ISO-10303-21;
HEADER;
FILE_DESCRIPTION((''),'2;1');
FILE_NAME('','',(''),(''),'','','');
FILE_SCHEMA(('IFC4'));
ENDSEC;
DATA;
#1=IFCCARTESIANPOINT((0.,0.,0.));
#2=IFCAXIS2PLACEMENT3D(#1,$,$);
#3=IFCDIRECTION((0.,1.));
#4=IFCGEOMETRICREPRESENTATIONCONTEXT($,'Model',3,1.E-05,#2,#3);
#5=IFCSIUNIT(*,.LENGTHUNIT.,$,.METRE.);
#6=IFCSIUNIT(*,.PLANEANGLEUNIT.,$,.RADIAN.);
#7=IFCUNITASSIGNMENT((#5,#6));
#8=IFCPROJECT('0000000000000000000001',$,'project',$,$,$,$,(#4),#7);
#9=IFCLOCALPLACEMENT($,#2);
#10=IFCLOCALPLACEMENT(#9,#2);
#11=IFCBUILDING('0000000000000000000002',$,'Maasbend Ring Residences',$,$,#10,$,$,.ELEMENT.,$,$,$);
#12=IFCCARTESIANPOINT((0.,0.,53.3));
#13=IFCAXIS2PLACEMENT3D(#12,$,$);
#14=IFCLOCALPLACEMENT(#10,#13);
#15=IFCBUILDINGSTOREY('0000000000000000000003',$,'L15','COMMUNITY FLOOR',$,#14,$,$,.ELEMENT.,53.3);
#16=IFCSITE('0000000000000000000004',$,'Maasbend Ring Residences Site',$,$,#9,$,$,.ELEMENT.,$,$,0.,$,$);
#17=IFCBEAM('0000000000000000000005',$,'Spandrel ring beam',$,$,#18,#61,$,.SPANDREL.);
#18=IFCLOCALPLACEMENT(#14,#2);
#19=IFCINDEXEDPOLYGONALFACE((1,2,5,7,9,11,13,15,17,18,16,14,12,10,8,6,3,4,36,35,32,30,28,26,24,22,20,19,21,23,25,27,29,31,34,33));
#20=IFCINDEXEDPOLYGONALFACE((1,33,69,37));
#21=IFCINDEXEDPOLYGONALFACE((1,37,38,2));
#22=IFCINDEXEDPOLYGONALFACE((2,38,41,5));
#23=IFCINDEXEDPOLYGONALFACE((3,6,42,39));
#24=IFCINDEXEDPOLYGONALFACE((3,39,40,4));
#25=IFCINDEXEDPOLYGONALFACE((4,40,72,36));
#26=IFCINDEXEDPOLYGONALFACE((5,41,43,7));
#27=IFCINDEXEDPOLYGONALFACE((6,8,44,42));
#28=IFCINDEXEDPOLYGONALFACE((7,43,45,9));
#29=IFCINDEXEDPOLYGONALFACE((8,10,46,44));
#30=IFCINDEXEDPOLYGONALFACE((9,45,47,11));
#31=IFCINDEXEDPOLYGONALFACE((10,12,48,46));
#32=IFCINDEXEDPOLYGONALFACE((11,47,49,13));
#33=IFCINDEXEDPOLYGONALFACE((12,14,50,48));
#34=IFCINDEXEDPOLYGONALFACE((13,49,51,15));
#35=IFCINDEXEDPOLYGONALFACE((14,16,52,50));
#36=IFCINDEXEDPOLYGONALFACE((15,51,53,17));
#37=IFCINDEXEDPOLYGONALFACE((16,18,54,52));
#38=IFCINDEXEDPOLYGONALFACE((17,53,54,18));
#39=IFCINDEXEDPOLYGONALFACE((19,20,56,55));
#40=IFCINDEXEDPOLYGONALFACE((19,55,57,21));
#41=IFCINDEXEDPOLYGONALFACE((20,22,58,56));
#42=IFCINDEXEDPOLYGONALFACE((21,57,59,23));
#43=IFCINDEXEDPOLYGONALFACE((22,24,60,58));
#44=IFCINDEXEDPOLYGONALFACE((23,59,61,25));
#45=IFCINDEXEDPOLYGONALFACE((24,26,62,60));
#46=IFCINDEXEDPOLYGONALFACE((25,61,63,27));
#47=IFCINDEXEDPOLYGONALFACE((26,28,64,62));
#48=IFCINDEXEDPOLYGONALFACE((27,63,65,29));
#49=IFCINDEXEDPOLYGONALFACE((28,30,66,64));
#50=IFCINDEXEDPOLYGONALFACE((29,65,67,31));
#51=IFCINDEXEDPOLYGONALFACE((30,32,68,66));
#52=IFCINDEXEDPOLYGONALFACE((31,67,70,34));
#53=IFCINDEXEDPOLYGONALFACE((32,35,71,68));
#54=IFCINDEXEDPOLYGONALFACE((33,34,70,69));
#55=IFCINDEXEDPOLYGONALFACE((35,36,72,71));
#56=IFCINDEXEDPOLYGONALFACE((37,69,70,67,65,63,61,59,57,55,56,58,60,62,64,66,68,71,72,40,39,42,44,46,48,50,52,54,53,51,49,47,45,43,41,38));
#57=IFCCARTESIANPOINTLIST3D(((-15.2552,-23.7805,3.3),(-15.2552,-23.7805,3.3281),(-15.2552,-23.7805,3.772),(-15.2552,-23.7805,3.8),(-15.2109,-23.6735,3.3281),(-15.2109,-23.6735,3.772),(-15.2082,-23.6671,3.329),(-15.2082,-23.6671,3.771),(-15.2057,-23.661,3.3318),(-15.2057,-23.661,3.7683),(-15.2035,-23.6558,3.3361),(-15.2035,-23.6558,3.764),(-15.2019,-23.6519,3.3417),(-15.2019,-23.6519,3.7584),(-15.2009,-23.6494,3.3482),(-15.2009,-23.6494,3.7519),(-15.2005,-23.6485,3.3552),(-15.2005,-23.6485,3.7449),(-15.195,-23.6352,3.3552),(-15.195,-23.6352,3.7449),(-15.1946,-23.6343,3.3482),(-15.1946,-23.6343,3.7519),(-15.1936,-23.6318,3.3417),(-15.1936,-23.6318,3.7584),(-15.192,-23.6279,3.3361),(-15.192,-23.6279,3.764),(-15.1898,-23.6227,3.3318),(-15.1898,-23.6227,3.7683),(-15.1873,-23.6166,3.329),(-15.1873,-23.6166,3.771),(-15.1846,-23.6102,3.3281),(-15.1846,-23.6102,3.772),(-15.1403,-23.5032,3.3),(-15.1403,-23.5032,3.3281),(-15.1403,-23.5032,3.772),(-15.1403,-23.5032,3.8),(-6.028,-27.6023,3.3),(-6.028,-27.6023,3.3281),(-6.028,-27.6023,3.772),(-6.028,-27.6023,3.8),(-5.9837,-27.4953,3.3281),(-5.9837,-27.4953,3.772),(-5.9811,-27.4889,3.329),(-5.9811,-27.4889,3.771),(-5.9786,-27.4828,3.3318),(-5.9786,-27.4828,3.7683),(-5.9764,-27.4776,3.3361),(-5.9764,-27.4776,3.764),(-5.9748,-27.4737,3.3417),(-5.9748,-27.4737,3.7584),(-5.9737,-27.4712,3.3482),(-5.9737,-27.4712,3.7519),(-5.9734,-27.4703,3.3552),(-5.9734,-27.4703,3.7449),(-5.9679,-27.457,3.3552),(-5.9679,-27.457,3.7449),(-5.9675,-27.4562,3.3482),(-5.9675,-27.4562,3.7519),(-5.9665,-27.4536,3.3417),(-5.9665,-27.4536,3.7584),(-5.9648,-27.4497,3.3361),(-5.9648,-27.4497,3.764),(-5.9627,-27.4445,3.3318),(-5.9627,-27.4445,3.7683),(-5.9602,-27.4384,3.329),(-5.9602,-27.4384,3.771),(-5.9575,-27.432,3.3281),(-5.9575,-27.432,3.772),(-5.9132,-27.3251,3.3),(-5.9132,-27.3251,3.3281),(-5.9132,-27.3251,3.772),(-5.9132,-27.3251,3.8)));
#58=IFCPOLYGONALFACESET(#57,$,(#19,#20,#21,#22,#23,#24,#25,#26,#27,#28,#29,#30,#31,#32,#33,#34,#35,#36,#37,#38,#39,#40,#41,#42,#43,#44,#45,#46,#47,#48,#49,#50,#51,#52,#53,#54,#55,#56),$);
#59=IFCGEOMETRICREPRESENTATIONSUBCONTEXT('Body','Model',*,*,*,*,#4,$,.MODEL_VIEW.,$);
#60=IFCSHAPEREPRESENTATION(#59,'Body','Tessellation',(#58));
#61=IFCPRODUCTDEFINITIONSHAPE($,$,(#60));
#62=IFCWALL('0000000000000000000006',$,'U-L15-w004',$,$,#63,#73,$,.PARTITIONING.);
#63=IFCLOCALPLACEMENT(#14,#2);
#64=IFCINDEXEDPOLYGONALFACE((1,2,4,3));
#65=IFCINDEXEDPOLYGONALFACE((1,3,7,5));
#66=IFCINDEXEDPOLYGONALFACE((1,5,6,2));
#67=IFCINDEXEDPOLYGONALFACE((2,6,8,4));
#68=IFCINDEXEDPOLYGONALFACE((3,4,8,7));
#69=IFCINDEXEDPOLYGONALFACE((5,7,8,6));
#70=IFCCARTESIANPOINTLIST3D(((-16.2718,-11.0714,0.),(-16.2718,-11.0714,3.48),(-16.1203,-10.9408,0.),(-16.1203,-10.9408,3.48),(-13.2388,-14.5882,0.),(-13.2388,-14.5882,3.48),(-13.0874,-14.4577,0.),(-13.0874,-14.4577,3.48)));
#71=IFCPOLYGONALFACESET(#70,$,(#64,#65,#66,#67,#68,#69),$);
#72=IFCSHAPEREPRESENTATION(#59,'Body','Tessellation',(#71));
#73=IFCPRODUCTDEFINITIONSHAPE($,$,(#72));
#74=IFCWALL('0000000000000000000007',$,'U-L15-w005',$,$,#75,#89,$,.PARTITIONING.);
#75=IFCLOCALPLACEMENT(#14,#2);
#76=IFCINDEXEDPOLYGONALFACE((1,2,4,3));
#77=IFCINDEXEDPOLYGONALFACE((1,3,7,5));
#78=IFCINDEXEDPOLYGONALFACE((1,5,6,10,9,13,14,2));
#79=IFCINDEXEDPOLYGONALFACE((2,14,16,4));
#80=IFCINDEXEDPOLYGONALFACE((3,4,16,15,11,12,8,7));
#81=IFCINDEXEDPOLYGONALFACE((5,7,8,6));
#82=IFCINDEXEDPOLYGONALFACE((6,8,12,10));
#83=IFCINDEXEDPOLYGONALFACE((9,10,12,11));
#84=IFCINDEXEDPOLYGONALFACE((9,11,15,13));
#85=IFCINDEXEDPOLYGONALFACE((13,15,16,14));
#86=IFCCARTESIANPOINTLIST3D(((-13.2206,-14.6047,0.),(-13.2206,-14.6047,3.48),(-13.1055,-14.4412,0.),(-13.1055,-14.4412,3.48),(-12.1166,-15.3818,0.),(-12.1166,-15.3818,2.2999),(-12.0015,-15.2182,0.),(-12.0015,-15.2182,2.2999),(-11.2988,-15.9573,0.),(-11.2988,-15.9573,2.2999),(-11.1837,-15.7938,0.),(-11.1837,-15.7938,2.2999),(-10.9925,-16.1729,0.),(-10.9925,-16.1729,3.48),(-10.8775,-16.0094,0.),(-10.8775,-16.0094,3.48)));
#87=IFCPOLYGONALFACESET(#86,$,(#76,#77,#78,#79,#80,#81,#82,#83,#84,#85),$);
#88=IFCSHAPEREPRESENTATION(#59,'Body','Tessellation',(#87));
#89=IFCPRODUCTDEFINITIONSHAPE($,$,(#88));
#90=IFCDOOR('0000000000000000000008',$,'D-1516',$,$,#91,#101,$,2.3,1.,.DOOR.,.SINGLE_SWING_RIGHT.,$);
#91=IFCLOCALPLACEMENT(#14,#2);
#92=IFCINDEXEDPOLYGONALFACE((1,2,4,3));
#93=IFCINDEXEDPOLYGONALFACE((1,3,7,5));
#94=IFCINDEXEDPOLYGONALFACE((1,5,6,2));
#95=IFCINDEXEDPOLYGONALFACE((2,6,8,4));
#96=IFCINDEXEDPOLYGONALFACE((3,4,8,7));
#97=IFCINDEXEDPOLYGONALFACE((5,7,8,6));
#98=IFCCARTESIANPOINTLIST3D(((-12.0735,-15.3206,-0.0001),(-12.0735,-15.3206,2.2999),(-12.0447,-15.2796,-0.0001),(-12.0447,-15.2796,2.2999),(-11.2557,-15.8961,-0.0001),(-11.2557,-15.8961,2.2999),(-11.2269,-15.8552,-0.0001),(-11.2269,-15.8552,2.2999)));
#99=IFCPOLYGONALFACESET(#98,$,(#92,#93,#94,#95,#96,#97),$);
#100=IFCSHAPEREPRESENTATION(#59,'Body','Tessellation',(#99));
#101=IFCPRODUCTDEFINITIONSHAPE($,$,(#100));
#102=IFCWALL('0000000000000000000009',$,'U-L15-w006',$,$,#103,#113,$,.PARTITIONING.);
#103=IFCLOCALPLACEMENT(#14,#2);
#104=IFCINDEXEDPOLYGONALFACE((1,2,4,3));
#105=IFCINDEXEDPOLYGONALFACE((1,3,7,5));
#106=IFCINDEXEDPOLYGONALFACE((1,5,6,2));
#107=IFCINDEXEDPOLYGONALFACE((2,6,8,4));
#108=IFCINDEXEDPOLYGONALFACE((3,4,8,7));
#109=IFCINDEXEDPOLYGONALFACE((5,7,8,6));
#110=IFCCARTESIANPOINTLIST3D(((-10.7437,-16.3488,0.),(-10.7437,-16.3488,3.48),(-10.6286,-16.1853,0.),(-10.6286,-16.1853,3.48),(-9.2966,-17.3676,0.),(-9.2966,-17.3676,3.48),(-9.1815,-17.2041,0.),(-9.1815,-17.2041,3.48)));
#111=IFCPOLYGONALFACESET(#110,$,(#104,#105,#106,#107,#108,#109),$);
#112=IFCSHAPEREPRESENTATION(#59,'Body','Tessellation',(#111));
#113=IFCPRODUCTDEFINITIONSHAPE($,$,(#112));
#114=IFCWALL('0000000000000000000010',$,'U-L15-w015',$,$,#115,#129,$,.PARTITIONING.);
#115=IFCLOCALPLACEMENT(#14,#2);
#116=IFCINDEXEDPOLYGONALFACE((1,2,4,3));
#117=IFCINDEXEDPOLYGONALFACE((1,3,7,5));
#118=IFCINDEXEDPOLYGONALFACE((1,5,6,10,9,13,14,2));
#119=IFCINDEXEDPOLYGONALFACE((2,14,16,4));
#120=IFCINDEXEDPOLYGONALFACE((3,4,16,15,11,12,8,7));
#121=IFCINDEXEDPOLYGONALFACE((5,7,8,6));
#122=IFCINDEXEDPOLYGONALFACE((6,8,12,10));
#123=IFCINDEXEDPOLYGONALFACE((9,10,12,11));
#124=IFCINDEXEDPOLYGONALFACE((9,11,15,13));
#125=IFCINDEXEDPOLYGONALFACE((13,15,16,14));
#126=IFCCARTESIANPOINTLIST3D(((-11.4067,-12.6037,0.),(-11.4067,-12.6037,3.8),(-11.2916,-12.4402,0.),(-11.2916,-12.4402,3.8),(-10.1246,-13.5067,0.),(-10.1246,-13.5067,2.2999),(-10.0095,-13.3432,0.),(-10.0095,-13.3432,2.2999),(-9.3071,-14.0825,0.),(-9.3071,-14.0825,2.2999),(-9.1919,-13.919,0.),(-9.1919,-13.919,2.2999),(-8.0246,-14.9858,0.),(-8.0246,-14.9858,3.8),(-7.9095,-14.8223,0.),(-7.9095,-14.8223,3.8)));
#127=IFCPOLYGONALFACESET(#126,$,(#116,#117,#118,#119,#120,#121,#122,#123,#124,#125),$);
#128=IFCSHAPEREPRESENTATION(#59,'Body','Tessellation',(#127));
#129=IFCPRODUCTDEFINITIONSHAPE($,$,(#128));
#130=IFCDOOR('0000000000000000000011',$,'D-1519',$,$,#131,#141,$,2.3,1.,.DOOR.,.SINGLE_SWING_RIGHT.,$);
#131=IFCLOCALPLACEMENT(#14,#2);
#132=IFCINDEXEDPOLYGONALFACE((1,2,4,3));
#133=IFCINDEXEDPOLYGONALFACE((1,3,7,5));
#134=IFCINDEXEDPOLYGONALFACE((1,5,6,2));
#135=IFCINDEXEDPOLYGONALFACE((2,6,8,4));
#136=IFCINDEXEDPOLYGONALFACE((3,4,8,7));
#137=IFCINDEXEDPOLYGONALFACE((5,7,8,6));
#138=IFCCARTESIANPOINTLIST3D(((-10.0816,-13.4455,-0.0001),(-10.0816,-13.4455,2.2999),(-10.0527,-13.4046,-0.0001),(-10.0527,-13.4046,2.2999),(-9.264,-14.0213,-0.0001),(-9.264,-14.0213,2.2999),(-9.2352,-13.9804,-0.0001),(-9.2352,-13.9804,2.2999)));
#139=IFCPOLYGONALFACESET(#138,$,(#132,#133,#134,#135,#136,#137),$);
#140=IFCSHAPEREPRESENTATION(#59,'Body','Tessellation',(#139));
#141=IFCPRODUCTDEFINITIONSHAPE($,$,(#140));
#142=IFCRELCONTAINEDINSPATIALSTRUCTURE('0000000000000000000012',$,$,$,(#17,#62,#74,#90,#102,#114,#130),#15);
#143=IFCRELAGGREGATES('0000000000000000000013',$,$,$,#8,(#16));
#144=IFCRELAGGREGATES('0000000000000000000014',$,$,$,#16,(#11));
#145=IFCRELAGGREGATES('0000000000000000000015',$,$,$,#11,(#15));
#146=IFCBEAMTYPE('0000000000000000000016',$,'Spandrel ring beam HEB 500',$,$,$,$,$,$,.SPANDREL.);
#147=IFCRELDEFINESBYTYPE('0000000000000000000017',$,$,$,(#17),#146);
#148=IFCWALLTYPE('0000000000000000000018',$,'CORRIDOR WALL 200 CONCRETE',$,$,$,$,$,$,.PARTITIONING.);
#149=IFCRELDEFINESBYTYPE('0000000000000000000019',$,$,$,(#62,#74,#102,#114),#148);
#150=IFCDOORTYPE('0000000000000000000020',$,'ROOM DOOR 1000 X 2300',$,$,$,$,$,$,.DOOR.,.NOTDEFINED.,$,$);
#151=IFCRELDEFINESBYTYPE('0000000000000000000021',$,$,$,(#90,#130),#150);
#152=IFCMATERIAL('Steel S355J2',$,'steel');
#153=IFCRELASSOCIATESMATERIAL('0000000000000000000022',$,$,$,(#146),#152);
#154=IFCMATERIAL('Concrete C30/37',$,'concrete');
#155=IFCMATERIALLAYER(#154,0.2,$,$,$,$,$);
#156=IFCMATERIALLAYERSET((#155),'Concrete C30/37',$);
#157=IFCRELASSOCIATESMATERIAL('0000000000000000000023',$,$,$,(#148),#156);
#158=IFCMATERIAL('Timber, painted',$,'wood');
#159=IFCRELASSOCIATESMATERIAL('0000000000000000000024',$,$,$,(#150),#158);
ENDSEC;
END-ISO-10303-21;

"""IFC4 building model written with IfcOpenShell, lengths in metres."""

from ifc_helpers import new_model, si_unit, direction, frame, frame_2d, origin, origin_2d, place, context, subcontext, project, spatial, rectangle, i_section, extrude, material, layer, layer_set, material_profile, profile_set, type_object, element, fill, save


model = new_model("IFC4")

# Units and contexts
model_context = context("Model", 3, precision=1e-05, world=origin(), true_north=direction((0.0, 1.0)))
body_context = subcontext(model_context, "Body", "Model", "MODEL_VIEW")
ifc_project = project(units=[si_unit("LENGTHUNIT", "METRE"), si_unit("PLANEANGLEUNIT", "RADIAN")], contexts=[model_context])

# Site, building, storey
site_placement = place(None, origin())
site = spatial("IfcSite", under=ifc_project, at=site_placement, Name="Maasbend Ring Residences Site", CompositionType="ELEMENT", RefElevation=0.0)
building_placement = place(site_placement, origin())
building = spatial("IfcBuilding", under=site, at=building_placement, Name="Maasbend Ring Residences", CompositionType="ELEMENT")
storey_placement = place(building_placement, frame((0.0, 0.0, 53.3)))
storey = spatial("IfcBuildingStorey", under=building, at=storey_placement, Name="L15", Description="COMMUNITY FLOOR", CompositionType="ELEMENT", Elevation=53.3)

# Beam
ifc_material_1 = material(Name="Steel S355J2", Category="steel")
ifc_material_profile_1 = material_profile(ifc_material_1, i_section(OverallWidth=0.3, OverallDepth=0.5, WebThickness=0.0144, FlangeThickness=0.0281, FilletRadius=0.0271, at=origin_2d()), Name="HEB 500")
ifc_profile_set_1 = profile_set([ifc_material_profile_1], Name="Steel S355J2")
beam_type_1 = type_object("IfcBeamType", Name="Spandrel ring beam HEB 500", PredefinedType="SPANDREL", material=ifc_profile_set_1)
beam_1_placement = place(storey_placement, frame((-15.1978, -23.6418, 3.55), z_axis=(0.923886, -0.382667, 0.0), x_axis=(0.382667, 0.923886, 0.0)))
element("IfcBeam", 1, at=beam_1_placement, inside=storey, type_object=beam_type_1, Name="Spandrel ring beam", PredefinedType="SPANDREL", context=body_context, shape_type="SweptSolid", body=[
    extrude(i_section(OverallWidth=0.3, OverallDepth=0.5, WebThickness=0.0144, FlangeThickness=0.0281, FilletRadius=0.0271, at=origin_2d()), origin(), (0.0, 0.0, 1.0), 9.9873),
])

# Wall
ifc_material_2 = material(Name="Concrete C30/37", Category="concrete")
ifc_layer_1 = layer(ifc_material_2, 0.2)
ifc_layer_set_1 = layer_set([ifc_layer_1], Name="Concrete C30/37")
wall_type_1 = type_object("IfcWallType", Name="CORRIDOR WALL 200 CONCRETE", PredefinedType="PARTITIONING", material=ifc_layer_set_1)
wall_1_placement = place(storey_placement, frame((-16.196, -11.0061, 0.0), z_axis=(0.0, 0.0, 1.0), x_axis=(0.653087, -0.757283, 0.0)))
element("IfcWall", 2, at=wall_1_placement, inside=storey, type_object=wall_type_1, Name="U-L15-w004", PredefinedType="PARTITIONING", context=body_context, shape_type="SweptSolid", body=[
    extrude(rectangle(XDim=4.644, YDim=0.2, at=frame_2d((2.322, 0.0))), origin(), (0.0, 0.0, 1.0), 3.48),
])

# Wall, opening, door
wall_2_placement = place(storey_placement, frame((-13.1631, -14.5229, 0.0), z_axis=(0.0, 0.0, 1.0), x_axis=(0.817764, -0.575553, 0.0)))
wall_2 = element("IfcWall", 3, at=wall_2_placement, inside=storey, type_object=wall_type_1, Name="U-L15-w005", PredefinedType="PARTITIONING", context=body_context, shape_type="SweptSolid", body=[
    extrude(rectangle(XDim=2.7246, YDim=0.2, at=frame_2d((1.3623, 0.0))), origin(), (0.0, 0.0, 1.0), 3.48),
])
opening_1_placement = place(wall_2_placement, frame((1.3501, 0.0, 0.0)))
opening_1 = element("IfcOpeningElement", 4, at=opening_1_placement, cuts=wall_2, PredefinedType="OPENING", context=body_context, shape_type="SweptSolid", body=[
    extrude(rectangle(XDim=1.0, YDim=2.3, at=frame_2d((0.5, 1.1499))), frame((0.0, 0.1099, 0.0), z_axis=(0.0, -1.0, 0.0), x_axis=(1.0, 0.0, 0.0)), (0.0, 0.0, 1.0), 0.22),
])
ifc_material_3 = material(Name="Timber, painted", Category="wood")
door_type_1 = type_object("IfcDoorType", Name="ROOM DOOR 1000 X 2300", OperationType="NOTDEFINED", PredefinedType="DOOR", material=ifc_material_3)
door_1_placement = place(opening_1_placement, origin())
door_1 = element("IfcDoor", 5, at=door_1_placement, inside=storey, type_object=door_type_1, Name="D-1516", OperationType="SINGLE_SWING_RIGHT", OverallHeight=2.3, OverallWidth=1.0, PredefinedType="DOOR", context=body_context, shape_type="SweptSolid", body=[
    extrude(rectangle(XDim=1.0, YDim=2.3, at=frame_2d((0.5, 1.1499))), frame((0.0, 0.0249, 0.0), z_axis=(0.0, -1.0, 0.0), x_axis=(1.0, 0.0, 0.0)), (0.0, 0.0, 1.0), 0.05),
])
fill(opening_1, door_1)

# Wall
wall_3_placement = place(storey_placement, frame((-10.686, -16.2671, 0.0), z_axis=(0.0, 0.0, 1.0), x_axis=(0.817667, -0.575692, 0.0)))
element("IfcWall", 6, at=wall_3_placement, inside=storey, type_object=wall_type_1, Name="U-L15-w006", PredefinedType="PARTITIONING", context=body_context, shape_type="SweptSolid", body=[
    extrude(rectangle(XDim=1.7698, YDim=0.2, at=frame_2d((0.8848, 0.0))), origin(), (0.0, 0.0, 1.0), 3.48),
])

# Wall, opening, door
wall_4_placement = place(storey_placement, frame((-11.3491, -12.522, 0.0), z_axis=(0.0, 0.0, 1.0), x_axis=(0.817568, -0.575833, 0.0)))
wall_4 = element("IfcWall", 7, at=wall_4_placement, inside=storey, type_object=wall_type_1, Name="U-L15-w015", PredefinedType="PARTITIONING", context=body_context, shape_type="SweptSolid", body=[
    extrude(rectangle(XDim=4.1367, YDim=0.2, at=frame_2d((2.0684, 0.0))), origin(), (0.0, 0.0, 1.0), 3.8),
])
opening_2_placement = place(wall_4_placement, frame((1.5681, 0.0, 0.0)))
opening_2 = element("IfcOpeningElement", 8, at=opening_2_placement, cuts=wall_4, PredefinedType="OPENING", context=body_context, shape_type="SweptSolid", body=[
    extrude(rectangle(XDim=1.0, YDim=2.3, at=frame_2d((0.5, 1.1499))), frame((0.0, 0.1099, 0.0), z_axis=(0.0, -1.0, 0.0), x_axis=(1.0, 0.0, 0.0)), (0.0, 0.0, 1.0), 0.22),
])
door_2_placement = place(opening_2_placement, origin())
door_2 = element("IfcDoor", 9, at=door_2_placement, inside=storey, type_object=door_type_1, Name="D-1519", OperationType="SINGLE_SWING_RIGHT", OverallHeight=2.3, OverallWidth=1.0, PredefinedType="DOOR", context=body_context, shape_type="SweptSolid", body=[
    extrude(rectangle(XDim=1.0, YDim=2.3, at=frame_2d((0.5, 1.1499))), frame((0.0, 0.0249, 0.0), z_axis=(0.0, -1.0, 0.0), x_axis=(1.0, 0.0, 0.0)), (0.0, 0.0, 1.0), 0.05),
])
fill(opening_2, door_2)

save(model, "model.ifc")
